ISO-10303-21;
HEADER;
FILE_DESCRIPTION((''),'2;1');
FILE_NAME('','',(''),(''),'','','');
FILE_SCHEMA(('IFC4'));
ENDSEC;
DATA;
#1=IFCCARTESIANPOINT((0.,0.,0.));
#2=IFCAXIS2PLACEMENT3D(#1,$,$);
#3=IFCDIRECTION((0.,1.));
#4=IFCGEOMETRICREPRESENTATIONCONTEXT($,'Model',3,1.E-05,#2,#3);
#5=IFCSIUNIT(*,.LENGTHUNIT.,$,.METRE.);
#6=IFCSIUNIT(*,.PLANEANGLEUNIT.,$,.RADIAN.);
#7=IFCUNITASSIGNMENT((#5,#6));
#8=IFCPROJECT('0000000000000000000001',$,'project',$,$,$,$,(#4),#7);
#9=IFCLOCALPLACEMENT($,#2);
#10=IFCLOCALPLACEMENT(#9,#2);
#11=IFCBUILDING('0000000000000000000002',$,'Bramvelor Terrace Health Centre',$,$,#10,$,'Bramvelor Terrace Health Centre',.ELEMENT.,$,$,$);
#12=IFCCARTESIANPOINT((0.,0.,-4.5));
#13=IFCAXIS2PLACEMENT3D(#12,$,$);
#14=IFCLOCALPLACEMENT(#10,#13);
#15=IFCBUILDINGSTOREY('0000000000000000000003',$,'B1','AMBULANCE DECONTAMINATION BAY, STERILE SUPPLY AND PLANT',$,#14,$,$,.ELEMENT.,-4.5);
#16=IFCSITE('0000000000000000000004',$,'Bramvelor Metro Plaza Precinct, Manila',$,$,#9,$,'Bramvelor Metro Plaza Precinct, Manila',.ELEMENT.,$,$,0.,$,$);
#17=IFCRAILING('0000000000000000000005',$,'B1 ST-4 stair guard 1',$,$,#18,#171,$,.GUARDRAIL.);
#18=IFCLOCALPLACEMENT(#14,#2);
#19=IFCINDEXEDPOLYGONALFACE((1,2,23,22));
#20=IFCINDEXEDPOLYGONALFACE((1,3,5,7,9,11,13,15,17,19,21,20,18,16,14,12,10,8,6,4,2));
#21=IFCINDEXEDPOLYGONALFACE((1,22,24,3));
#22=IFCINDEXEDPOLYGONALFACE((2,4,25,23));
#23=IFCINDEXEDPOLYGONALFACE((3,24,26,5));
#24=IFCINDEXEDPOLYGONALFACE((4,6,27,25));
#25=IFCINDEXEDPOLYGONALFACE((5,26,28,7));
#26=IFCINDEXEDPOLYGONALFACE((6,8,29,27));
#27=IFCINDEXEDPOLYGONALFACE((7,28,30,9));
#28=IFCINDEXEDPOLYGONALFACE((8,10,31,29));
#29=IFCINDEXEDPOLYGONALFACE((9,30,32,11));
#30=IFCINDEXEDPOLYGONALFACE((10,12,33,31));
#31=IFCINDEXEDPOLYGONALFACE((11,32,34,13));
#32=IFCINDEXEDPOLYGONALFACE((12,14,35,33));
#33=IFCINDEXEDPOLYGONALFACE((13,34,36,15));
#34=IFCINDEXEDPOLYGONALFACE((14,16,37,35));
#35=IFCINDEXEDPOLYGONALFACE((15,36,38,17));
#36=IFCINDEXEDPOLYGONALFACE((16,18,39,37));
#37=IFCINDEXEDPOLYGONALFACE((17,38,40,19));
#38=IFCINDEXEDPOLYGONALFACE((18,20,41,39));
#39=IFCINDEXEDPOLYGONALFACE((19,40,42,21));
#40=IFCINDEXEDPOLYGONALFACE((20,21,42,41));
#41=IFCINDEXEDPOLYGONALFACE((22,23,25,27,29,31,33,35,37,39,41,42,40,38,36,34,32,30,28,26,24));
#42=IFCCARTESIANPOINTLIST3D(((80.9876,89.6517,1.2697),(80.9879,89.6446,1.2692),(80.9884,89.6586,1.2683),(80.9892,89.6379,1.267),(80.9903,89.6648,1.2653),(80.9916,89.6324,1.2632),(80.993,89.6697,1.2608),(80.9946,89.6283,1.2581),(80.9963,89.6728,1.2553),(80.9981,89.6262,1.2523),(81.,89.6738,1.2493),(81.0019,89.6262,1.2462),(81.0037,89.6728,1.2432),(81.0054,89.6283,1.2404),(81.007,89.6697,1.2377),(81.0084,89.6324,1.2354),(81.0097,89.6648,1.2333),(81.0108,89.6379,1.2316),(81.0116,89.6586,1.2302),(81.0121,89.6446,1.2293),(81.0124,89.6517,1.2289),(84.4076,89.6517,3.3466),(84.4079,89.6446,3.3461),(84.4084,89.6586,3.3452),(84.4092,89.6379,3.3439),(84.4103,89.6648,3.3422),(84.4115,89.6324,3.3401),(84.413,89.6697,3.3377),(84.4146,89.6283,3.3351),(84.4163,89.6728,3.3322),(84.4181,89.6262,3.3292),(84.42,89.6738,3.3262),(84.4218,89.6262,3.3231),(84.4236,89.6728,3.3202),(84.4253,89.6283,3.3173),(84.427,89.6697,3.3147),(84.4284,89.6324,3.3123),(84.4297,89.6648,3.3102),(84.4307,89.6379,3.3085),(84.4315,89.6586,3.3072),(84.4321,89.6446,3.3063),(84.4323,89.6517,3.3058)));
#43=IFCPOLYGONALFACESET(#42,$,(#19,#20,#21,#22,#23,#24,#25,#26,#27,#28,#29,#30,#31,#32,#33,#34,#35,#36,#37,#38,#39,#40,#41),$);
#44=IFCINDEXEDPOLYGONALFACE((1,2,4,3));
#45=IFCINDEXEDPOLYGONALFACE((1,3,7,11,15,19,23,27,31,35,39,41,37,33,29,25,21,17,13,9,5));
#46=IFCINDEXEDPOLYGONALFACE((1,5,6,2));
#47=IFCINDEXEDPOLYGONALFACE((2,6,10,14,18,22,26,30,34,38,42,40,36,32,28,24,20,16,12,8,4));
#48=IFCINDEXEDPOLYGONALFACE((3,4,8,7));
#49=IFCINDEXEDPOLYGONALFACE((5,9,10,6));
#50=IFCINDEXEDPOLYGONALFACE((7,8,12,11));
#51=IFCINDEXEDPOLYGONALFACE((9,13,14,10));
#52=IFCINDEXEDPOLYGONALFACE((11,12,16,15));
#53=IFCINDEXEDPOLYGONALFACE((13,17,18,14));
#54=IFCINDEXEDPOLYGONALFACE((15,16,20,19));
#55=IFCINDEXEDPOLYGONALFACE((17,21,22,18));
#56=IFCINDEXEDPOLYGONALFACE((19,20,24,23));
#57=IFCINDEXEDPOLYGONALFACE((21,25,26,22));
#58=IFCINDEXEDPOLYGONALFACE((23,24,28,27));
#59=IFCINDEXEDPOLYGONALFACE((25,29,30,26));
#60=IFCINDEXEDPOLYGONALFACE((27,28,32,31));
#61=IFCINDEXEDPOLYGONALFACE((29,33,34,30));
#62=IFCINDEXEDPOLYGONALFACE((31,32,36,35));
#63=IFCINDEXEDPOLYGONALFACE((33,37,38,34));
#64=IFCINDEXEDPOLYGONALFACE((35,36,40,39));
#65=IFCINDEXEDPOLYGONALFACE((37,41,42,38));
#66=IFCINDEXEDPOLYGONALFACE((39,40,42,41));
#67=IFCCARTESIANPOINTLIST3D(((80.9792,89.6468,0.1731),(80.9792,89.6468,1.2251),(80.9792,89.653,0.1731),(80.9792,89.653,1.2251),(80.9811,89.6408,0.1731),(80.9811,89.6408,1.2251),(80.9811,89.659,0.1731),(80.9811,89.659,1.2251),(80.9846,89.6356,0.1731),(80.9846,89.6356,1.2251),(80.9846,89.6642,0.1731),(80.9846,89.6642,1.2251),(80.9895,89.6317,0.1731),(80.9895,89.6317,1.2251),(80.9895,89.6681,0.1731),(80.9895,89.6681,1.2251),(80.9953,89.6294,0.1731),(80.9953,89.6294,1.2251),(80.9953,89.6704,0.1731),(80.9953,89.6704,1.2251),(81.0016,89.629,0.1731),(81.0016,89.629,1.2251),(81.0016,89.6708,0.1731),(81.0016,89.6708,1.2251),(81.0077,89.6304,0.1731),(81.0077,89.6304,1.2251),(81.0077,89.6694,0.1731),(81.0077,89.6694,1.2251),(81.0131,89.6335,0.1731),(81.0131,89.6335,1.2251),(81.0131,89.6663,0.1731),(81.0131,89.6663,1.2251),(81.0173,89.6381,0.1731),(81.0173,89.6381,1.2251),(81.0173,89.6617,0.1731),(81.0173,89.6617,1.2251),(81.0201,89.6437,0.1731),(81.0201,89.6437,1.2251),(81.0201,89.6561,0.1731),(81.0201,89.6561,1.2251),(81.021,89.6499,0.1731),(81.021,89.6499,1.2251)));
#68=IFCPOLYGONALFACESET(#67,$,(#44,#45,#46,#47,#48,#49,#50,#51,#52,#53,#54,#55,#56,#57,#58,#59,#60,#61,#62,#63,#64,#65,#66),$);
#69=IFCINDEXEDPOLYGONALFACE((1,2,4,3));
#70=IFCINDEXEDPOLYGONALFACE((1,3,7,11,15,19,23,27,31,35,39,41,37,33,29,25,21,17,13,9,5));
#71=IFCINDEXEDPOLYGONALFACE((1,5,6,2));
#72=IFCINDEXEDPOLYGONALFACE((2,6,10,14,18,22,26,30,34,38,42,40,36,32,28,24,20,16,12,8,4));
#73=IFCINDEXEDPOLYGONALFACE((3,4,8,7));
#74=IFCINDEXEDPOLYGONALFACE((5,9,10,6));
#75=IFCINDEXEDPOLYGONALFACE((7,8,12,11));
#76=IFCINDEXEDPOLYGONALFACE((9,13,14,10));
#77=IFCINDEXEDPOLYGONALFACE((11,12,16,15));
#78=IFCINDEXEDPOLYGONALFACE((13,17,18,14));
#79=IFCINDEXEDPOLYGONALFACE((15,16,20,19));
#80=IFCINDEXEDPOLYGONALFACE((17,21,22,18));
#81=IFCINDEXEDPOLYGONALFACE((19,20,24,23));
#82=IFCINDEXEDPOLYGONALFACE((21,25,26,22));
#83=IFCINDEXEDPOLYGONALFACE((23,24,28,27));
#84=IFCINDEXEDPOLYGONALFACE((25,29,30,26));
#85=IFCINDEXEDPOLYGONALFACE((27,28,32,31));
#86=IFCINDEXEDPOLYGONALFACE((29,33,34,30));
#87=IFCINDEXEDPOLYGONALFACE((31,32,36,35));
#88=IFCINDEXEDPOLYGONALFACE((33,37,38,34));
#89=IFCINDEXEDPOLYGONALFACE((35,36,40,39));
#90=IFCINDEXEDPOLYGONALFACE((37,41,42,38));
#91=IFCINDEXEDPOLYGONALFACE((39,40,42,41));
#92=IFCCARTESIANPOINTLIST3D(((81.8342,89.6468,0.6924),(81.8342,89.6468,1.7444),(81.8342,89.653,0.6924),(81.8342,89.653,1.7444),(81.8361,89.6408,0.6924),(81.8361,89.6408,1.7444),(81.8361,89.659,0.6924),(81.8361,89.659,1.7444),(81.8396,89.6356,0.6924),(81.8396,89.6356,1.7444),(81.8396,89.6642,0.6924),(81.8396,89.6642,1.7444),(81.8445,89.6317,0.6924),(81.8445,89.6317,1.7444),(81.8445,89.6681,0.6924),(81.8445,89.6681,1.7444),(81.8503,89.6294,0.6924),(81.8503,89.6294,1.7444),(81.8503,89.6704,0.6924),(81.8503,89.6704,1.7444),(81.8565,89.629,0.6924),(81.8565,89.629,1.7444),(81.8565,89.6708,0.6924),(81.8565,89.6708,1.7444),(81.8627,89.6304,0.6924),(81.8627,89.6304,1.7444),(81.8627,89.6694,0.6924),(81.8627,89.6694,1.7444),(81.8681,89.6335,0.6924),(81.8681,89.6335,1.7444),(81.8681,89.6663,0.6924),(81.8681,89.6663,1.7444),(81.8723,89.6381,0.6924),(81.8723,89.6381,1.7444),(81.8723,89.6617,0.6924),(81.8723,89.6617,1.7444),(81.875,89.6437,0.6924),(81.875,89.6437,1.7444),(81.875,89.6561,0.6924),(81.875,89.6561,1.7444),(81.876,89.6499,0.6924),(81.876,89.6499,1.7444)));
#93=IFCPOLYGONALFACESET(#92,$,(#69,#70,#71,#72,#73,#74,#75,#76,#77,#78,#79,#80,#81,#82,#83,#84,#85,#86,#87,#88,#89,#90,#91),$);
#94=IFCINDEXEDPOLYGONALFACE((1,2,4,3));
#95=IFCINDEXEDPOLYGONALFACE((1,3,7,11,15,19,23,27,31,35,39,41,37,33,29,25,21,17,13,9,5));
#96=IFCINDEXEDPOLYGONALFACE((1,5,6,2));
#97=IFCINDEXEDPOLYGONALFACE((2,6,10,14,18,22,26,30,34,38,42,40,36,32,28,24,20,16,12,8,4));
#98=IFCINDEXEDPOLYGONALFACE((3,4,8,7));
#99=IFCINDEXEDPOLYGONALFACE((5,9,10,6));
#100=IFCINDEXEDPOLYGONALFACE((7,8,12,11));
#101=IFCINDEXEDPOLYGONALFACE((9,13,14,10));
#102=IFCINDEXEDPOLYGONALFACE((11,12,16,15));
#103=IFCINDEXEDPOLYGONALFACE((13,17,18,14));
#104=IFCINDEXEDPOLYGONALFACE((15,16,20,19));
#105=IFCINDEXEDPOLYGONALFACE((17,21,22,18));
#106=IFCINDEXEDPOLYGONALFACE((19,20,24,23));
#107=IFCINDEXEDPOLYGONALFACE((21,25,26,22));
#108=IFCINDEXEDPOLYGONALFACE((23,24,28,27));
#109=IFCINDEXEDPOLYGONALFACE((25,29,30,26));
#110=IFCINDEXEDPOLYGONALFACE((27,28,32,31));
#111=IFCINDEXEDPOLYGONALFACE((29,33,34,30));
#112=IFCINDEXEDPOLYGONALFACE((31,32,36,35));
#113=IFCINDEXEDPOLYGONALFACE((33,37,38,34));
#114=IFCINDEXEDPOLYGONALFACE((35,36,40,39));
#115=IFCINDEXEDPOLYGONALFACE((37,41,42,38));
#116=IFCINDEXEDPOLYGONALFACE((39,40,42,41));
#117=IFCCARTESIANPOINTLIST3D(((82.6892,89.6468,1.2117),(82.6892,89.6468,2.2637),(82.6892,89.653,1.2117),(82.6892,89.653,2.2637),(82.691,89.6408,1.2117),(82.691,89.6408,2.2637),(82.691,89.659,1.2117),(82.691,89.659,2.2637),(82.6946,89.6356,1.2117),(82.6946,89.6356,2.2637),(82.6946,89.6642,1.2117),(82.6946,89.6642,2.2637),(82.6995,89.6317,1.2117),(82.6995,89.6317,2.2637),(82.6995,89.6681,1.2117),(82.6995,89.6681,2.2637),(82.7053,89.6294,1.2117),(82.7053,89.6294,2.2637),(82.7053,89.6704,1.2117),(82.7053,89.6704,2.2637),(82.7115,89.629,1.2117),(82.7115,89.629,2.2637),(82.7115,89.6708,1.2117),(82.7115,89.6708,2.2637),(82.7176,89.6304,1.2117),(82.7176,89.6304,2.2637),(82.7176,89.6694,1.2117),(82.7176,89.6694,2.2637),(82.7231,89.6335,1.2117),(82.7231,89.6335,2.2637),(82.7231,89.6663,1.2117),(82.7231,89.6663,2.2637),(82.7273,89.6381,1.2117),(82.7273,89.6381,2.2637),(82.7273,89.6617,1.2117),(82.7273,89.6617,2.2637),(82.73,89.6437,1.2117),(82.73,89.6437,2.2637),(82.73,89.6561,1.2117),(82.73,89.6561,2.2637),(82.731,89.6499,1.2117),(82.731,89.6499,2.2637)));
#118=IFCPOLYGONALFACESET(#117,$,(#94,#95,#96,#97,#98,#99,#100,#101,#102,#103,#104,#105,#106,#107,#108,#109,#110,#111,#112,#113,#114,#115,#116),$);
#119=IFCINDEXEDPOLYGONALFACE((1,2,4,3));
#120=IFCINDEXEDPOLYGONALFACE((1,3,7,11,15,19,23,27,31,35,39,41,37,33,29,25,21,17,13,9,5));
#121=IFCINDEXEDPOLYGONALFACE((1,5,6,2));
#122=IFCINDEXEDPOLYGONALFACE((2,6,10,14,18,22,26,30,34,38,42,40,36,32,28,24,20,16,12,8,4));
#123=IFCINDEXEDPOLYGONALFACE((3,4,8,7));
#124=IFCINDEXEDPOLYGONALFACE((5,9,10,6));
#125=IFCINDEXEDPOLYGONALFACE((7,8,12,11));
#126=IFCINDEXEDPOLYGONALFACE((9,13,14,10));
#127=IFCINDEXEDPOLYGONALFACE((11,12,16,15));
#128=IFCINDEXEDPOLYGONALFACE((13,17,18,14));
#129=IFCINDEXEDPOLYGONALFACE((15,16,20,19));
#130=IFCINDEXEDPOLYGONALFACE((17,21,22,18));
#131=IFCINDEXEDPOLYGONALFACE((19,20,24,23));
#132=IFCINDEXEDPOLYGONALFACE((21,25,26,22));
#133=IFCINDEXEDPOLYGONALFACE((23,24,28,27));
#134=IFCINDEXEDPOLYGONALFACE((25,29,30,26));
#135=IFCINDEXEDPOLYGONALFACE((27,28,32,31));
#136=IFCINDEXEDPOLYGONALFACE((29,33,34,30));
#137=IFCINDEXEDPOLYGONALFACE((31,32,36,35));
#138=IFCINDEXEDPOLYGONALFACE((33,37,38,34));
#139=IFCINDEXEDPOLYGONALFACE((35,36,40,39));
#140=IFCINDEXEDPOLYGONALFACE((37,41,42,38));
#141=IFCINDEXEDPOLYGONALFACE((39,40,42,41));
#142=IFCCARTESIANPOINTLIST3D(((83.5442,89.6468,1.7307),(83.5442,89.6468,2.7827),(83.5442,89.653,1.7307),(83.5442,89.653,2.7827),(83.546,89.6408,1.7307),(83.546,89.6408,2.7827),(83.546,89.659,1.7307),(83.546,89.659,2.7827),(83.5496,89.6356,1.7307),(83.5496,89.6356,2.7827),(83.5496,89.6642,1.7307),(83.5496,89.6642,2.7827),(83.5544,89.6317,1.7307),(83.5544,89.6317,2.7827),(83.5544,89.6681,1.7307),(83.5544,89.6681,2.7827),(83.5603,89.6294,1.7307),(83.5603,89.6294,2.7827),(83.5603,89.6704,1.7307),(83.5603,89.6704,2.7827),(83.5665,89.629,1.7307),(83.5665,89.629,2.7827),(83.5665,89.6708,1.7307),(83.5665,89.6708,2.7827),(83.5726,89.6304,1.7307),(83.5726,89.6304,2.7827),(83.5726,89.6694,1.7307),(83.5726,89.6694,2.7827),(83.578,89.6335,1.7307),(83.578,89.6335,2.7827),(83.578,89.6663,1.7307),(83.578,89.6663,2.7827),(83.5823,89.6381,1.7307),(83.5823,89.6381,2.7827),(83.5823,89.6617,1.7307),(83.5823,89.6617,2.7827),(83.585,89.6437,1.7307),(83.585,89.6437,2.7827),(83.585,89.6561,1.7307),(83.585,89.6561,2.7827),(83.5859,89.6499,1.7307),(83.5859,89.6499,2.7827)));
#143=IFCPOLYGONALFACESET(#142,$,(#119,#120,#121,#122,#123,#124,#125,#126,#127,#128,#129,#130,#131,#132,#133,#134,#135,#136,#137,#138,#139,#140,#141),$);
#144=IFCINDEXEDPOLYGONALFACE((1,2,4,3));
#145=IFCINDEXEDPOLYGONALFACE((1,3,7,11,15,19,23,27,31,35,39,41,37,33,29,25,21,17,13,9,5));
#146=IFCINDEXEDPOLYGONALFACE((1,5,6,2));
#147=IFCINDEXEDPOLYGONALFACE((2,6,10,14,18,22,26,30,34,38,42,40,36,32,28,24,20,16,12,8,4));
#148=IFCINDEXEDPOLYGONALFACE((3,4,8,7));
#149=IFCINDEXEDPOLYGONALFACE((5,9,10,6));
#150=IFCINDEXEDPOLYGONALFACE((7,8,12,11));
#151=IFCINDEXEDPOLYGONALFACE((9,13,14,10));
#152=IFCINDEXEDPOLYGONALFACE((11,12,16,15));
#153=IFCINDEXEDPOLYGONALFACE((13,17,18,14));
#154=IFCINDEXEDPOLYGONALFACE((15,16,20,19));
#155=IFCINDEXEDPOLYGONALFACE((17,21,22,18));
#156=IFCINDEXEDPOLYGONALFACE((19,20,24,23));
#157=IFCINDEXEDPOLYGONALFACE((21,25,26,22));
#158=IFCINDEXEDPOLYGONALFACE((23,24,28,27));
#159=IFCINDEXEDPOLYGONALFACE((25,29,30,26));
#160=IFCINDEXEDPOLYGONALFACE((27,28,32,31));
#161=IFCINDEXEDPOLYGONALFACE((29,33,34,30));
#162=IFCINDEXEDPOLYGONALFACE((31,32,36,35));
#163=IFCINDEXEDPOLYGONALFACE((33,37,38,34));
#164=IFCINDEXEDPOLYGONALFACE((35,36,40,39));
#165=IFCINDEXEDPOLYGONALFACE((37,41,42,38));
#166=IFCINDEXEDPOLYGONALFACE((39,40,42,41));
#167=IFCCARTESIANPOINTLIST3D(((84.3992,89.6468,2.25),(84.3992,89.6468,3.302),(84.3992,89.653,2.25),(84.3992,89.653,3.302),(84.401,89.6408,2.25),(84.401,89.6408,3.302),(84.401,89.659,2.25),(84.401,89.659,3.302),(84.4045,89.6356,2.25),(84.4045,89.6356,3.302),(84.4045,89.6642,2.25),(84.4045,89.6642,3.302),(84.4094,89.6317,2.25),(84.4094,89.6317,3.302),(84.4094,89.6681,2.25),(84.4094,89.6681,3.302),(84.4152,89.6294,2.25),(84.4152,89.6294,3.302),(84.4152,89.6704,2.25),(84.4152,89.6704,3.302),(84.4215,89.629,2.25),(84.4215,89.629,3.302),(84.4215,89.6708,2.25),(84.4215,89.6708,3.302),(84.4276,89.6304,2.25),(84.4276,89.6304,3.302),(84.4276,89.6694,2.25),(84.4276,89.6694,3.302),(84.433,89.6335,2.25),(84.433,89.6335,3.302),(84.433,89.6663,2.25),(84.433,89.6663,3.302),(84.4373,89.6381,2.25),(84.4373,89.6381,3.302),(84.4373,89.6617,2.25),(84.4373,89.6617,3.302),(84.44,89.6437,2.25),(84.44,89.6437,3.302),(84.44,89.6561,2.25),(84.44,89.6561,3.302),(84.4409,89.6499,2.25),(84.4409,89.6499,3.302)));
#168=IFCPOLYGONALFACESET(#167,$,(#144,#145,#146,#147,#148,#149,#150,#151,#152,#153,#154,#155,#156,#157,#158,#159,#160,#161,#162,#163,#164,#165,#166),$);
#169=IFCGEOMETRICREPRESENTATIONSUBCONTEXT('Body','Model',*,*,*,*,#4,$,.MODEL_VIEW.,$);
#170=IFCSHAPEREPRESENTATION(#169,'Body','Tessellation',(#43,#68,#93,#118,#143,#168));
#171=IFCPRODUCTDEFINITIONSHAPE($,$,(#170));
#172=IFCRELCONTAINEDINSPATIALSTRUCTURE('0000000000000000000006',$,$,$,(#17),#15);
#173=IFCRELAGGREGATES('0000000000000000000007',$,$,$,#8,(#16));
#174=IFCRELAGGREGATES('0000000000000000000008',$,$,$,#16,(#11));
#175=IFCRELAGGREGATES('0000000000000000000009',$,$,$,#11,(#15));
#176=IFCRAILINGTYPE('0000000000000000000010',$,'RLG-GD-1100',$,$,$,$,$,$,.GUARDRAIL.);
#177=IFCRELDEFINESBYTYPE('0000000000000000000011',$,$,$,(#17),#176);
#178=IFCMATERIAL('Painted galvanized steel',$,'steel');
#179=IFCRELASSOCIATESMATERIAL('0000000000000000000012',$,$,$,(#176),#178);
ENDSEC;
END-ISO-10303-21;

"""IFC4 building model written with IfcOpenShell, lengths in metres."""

from ifc_helpers import new_model, si_unit, direction, frame, origin, origin_2d, place, context, subcontext, project, spatial, circle, extrude, material, type_object, element, save


model = new_model("IFC4")

# Units and contexts
model_context = context("Model", 3, precision=1e-05, world=origin(), true_north=direction((0.0, 1.0)))
body_context = subcontext(model_context, "Body", "Model", "MODEL_VIEW")
ifc_project = project(units=[si_unit("LENGTHUNIT", "METRE"), si_unit("PLANEANGLEUNIT", "RADIAN")], contexts=[model_context])

# Site, building, storey
site_placement = place(None, origin())
site = spatial("IfcSite", under=ifc_project, at=site_placement, Name="Bramvelor Metro Plaza Precinct, Manila", LongName="Bramvelor Metro Plaza Precinct, Manila", CompositionType="ELEMENT", RefElevation=0.0)
building_placement = place(site_placement, origin())
building = spatial("IfcBuilding", under=site, at=building_placement, Name="Bramvelor Terrace Health Centre", LongName="Bramvelor Terrace Health Centre", CompositionType="ELEMENT")
storey_placement = place(building_placement, frame((0.0, 0.0, -4.5)))
storey = spatial("IfcBuildingStorey", under=building, at=storey_placement, Name="B1", Description="AMBULANCE DECONTAMINATION BAY, STERILE SUPPLY AND PLANT", CompositionType="ELEMENT", Elevation=-4.5)

# Railing
ifc_material_1 = material(Name="Painted galvanized steel", Category="steel")
railing_type_1 = type_object("IfcRailingType", Name="RLG-GD-1100", PredefinedType="GUARDRAIL", material=ifc_material_1)
railing_1_placement = place(storey_placement, frame((81.0, 89.6499, 0.1731)))
element("IfcRailing", 1, at=railing_1_placement, inside=storey, type_object=railing_type_1, Name="B1 ST-4 stair guard 1", PredefinedType="GUARDRAIL", context=body_context, shape_type="SweptSolid", body=[
    extrude(circle(Radius=0.0239, at=origin_2d()), frame((0.0, 0.0, 1.0762), z_axis=(0.85473, 0.0, 0.519074), x_axis=(0.0, 1.0, 0.0)), (0.0, 0.0, 1.0), 4.0012),
    extrude(circle(Radius=0.021, at=origin_2d()), origin(), (0.0, 0.0, 1.0), 1.052),
    extrude(circle(Radius=0.021, at=origin_2d()), frame((0.855, 0.0, 0.5193)), (0.0, 0.0, 1.0), 1.052),
    extrude(circle(Radius=0.021, at=origin_2d()), frame((1.71, 0.0, 1.0386)), (0.0, 0.0, 1.0), 1.052),
    extrude(circle(Radius=0.021, at=origin_2d()), frame((2.5649, 0.0, 1.5576)), (0.0, 0.0, 1.0), 1.052),
    extrude(circle(Radius=0.021, at=origin_2d()), frame((3.4199, 0.0, 2.0769)), (0.0, 0.0, 1.0), 1.052),
])

save(model, "model.ifc")
